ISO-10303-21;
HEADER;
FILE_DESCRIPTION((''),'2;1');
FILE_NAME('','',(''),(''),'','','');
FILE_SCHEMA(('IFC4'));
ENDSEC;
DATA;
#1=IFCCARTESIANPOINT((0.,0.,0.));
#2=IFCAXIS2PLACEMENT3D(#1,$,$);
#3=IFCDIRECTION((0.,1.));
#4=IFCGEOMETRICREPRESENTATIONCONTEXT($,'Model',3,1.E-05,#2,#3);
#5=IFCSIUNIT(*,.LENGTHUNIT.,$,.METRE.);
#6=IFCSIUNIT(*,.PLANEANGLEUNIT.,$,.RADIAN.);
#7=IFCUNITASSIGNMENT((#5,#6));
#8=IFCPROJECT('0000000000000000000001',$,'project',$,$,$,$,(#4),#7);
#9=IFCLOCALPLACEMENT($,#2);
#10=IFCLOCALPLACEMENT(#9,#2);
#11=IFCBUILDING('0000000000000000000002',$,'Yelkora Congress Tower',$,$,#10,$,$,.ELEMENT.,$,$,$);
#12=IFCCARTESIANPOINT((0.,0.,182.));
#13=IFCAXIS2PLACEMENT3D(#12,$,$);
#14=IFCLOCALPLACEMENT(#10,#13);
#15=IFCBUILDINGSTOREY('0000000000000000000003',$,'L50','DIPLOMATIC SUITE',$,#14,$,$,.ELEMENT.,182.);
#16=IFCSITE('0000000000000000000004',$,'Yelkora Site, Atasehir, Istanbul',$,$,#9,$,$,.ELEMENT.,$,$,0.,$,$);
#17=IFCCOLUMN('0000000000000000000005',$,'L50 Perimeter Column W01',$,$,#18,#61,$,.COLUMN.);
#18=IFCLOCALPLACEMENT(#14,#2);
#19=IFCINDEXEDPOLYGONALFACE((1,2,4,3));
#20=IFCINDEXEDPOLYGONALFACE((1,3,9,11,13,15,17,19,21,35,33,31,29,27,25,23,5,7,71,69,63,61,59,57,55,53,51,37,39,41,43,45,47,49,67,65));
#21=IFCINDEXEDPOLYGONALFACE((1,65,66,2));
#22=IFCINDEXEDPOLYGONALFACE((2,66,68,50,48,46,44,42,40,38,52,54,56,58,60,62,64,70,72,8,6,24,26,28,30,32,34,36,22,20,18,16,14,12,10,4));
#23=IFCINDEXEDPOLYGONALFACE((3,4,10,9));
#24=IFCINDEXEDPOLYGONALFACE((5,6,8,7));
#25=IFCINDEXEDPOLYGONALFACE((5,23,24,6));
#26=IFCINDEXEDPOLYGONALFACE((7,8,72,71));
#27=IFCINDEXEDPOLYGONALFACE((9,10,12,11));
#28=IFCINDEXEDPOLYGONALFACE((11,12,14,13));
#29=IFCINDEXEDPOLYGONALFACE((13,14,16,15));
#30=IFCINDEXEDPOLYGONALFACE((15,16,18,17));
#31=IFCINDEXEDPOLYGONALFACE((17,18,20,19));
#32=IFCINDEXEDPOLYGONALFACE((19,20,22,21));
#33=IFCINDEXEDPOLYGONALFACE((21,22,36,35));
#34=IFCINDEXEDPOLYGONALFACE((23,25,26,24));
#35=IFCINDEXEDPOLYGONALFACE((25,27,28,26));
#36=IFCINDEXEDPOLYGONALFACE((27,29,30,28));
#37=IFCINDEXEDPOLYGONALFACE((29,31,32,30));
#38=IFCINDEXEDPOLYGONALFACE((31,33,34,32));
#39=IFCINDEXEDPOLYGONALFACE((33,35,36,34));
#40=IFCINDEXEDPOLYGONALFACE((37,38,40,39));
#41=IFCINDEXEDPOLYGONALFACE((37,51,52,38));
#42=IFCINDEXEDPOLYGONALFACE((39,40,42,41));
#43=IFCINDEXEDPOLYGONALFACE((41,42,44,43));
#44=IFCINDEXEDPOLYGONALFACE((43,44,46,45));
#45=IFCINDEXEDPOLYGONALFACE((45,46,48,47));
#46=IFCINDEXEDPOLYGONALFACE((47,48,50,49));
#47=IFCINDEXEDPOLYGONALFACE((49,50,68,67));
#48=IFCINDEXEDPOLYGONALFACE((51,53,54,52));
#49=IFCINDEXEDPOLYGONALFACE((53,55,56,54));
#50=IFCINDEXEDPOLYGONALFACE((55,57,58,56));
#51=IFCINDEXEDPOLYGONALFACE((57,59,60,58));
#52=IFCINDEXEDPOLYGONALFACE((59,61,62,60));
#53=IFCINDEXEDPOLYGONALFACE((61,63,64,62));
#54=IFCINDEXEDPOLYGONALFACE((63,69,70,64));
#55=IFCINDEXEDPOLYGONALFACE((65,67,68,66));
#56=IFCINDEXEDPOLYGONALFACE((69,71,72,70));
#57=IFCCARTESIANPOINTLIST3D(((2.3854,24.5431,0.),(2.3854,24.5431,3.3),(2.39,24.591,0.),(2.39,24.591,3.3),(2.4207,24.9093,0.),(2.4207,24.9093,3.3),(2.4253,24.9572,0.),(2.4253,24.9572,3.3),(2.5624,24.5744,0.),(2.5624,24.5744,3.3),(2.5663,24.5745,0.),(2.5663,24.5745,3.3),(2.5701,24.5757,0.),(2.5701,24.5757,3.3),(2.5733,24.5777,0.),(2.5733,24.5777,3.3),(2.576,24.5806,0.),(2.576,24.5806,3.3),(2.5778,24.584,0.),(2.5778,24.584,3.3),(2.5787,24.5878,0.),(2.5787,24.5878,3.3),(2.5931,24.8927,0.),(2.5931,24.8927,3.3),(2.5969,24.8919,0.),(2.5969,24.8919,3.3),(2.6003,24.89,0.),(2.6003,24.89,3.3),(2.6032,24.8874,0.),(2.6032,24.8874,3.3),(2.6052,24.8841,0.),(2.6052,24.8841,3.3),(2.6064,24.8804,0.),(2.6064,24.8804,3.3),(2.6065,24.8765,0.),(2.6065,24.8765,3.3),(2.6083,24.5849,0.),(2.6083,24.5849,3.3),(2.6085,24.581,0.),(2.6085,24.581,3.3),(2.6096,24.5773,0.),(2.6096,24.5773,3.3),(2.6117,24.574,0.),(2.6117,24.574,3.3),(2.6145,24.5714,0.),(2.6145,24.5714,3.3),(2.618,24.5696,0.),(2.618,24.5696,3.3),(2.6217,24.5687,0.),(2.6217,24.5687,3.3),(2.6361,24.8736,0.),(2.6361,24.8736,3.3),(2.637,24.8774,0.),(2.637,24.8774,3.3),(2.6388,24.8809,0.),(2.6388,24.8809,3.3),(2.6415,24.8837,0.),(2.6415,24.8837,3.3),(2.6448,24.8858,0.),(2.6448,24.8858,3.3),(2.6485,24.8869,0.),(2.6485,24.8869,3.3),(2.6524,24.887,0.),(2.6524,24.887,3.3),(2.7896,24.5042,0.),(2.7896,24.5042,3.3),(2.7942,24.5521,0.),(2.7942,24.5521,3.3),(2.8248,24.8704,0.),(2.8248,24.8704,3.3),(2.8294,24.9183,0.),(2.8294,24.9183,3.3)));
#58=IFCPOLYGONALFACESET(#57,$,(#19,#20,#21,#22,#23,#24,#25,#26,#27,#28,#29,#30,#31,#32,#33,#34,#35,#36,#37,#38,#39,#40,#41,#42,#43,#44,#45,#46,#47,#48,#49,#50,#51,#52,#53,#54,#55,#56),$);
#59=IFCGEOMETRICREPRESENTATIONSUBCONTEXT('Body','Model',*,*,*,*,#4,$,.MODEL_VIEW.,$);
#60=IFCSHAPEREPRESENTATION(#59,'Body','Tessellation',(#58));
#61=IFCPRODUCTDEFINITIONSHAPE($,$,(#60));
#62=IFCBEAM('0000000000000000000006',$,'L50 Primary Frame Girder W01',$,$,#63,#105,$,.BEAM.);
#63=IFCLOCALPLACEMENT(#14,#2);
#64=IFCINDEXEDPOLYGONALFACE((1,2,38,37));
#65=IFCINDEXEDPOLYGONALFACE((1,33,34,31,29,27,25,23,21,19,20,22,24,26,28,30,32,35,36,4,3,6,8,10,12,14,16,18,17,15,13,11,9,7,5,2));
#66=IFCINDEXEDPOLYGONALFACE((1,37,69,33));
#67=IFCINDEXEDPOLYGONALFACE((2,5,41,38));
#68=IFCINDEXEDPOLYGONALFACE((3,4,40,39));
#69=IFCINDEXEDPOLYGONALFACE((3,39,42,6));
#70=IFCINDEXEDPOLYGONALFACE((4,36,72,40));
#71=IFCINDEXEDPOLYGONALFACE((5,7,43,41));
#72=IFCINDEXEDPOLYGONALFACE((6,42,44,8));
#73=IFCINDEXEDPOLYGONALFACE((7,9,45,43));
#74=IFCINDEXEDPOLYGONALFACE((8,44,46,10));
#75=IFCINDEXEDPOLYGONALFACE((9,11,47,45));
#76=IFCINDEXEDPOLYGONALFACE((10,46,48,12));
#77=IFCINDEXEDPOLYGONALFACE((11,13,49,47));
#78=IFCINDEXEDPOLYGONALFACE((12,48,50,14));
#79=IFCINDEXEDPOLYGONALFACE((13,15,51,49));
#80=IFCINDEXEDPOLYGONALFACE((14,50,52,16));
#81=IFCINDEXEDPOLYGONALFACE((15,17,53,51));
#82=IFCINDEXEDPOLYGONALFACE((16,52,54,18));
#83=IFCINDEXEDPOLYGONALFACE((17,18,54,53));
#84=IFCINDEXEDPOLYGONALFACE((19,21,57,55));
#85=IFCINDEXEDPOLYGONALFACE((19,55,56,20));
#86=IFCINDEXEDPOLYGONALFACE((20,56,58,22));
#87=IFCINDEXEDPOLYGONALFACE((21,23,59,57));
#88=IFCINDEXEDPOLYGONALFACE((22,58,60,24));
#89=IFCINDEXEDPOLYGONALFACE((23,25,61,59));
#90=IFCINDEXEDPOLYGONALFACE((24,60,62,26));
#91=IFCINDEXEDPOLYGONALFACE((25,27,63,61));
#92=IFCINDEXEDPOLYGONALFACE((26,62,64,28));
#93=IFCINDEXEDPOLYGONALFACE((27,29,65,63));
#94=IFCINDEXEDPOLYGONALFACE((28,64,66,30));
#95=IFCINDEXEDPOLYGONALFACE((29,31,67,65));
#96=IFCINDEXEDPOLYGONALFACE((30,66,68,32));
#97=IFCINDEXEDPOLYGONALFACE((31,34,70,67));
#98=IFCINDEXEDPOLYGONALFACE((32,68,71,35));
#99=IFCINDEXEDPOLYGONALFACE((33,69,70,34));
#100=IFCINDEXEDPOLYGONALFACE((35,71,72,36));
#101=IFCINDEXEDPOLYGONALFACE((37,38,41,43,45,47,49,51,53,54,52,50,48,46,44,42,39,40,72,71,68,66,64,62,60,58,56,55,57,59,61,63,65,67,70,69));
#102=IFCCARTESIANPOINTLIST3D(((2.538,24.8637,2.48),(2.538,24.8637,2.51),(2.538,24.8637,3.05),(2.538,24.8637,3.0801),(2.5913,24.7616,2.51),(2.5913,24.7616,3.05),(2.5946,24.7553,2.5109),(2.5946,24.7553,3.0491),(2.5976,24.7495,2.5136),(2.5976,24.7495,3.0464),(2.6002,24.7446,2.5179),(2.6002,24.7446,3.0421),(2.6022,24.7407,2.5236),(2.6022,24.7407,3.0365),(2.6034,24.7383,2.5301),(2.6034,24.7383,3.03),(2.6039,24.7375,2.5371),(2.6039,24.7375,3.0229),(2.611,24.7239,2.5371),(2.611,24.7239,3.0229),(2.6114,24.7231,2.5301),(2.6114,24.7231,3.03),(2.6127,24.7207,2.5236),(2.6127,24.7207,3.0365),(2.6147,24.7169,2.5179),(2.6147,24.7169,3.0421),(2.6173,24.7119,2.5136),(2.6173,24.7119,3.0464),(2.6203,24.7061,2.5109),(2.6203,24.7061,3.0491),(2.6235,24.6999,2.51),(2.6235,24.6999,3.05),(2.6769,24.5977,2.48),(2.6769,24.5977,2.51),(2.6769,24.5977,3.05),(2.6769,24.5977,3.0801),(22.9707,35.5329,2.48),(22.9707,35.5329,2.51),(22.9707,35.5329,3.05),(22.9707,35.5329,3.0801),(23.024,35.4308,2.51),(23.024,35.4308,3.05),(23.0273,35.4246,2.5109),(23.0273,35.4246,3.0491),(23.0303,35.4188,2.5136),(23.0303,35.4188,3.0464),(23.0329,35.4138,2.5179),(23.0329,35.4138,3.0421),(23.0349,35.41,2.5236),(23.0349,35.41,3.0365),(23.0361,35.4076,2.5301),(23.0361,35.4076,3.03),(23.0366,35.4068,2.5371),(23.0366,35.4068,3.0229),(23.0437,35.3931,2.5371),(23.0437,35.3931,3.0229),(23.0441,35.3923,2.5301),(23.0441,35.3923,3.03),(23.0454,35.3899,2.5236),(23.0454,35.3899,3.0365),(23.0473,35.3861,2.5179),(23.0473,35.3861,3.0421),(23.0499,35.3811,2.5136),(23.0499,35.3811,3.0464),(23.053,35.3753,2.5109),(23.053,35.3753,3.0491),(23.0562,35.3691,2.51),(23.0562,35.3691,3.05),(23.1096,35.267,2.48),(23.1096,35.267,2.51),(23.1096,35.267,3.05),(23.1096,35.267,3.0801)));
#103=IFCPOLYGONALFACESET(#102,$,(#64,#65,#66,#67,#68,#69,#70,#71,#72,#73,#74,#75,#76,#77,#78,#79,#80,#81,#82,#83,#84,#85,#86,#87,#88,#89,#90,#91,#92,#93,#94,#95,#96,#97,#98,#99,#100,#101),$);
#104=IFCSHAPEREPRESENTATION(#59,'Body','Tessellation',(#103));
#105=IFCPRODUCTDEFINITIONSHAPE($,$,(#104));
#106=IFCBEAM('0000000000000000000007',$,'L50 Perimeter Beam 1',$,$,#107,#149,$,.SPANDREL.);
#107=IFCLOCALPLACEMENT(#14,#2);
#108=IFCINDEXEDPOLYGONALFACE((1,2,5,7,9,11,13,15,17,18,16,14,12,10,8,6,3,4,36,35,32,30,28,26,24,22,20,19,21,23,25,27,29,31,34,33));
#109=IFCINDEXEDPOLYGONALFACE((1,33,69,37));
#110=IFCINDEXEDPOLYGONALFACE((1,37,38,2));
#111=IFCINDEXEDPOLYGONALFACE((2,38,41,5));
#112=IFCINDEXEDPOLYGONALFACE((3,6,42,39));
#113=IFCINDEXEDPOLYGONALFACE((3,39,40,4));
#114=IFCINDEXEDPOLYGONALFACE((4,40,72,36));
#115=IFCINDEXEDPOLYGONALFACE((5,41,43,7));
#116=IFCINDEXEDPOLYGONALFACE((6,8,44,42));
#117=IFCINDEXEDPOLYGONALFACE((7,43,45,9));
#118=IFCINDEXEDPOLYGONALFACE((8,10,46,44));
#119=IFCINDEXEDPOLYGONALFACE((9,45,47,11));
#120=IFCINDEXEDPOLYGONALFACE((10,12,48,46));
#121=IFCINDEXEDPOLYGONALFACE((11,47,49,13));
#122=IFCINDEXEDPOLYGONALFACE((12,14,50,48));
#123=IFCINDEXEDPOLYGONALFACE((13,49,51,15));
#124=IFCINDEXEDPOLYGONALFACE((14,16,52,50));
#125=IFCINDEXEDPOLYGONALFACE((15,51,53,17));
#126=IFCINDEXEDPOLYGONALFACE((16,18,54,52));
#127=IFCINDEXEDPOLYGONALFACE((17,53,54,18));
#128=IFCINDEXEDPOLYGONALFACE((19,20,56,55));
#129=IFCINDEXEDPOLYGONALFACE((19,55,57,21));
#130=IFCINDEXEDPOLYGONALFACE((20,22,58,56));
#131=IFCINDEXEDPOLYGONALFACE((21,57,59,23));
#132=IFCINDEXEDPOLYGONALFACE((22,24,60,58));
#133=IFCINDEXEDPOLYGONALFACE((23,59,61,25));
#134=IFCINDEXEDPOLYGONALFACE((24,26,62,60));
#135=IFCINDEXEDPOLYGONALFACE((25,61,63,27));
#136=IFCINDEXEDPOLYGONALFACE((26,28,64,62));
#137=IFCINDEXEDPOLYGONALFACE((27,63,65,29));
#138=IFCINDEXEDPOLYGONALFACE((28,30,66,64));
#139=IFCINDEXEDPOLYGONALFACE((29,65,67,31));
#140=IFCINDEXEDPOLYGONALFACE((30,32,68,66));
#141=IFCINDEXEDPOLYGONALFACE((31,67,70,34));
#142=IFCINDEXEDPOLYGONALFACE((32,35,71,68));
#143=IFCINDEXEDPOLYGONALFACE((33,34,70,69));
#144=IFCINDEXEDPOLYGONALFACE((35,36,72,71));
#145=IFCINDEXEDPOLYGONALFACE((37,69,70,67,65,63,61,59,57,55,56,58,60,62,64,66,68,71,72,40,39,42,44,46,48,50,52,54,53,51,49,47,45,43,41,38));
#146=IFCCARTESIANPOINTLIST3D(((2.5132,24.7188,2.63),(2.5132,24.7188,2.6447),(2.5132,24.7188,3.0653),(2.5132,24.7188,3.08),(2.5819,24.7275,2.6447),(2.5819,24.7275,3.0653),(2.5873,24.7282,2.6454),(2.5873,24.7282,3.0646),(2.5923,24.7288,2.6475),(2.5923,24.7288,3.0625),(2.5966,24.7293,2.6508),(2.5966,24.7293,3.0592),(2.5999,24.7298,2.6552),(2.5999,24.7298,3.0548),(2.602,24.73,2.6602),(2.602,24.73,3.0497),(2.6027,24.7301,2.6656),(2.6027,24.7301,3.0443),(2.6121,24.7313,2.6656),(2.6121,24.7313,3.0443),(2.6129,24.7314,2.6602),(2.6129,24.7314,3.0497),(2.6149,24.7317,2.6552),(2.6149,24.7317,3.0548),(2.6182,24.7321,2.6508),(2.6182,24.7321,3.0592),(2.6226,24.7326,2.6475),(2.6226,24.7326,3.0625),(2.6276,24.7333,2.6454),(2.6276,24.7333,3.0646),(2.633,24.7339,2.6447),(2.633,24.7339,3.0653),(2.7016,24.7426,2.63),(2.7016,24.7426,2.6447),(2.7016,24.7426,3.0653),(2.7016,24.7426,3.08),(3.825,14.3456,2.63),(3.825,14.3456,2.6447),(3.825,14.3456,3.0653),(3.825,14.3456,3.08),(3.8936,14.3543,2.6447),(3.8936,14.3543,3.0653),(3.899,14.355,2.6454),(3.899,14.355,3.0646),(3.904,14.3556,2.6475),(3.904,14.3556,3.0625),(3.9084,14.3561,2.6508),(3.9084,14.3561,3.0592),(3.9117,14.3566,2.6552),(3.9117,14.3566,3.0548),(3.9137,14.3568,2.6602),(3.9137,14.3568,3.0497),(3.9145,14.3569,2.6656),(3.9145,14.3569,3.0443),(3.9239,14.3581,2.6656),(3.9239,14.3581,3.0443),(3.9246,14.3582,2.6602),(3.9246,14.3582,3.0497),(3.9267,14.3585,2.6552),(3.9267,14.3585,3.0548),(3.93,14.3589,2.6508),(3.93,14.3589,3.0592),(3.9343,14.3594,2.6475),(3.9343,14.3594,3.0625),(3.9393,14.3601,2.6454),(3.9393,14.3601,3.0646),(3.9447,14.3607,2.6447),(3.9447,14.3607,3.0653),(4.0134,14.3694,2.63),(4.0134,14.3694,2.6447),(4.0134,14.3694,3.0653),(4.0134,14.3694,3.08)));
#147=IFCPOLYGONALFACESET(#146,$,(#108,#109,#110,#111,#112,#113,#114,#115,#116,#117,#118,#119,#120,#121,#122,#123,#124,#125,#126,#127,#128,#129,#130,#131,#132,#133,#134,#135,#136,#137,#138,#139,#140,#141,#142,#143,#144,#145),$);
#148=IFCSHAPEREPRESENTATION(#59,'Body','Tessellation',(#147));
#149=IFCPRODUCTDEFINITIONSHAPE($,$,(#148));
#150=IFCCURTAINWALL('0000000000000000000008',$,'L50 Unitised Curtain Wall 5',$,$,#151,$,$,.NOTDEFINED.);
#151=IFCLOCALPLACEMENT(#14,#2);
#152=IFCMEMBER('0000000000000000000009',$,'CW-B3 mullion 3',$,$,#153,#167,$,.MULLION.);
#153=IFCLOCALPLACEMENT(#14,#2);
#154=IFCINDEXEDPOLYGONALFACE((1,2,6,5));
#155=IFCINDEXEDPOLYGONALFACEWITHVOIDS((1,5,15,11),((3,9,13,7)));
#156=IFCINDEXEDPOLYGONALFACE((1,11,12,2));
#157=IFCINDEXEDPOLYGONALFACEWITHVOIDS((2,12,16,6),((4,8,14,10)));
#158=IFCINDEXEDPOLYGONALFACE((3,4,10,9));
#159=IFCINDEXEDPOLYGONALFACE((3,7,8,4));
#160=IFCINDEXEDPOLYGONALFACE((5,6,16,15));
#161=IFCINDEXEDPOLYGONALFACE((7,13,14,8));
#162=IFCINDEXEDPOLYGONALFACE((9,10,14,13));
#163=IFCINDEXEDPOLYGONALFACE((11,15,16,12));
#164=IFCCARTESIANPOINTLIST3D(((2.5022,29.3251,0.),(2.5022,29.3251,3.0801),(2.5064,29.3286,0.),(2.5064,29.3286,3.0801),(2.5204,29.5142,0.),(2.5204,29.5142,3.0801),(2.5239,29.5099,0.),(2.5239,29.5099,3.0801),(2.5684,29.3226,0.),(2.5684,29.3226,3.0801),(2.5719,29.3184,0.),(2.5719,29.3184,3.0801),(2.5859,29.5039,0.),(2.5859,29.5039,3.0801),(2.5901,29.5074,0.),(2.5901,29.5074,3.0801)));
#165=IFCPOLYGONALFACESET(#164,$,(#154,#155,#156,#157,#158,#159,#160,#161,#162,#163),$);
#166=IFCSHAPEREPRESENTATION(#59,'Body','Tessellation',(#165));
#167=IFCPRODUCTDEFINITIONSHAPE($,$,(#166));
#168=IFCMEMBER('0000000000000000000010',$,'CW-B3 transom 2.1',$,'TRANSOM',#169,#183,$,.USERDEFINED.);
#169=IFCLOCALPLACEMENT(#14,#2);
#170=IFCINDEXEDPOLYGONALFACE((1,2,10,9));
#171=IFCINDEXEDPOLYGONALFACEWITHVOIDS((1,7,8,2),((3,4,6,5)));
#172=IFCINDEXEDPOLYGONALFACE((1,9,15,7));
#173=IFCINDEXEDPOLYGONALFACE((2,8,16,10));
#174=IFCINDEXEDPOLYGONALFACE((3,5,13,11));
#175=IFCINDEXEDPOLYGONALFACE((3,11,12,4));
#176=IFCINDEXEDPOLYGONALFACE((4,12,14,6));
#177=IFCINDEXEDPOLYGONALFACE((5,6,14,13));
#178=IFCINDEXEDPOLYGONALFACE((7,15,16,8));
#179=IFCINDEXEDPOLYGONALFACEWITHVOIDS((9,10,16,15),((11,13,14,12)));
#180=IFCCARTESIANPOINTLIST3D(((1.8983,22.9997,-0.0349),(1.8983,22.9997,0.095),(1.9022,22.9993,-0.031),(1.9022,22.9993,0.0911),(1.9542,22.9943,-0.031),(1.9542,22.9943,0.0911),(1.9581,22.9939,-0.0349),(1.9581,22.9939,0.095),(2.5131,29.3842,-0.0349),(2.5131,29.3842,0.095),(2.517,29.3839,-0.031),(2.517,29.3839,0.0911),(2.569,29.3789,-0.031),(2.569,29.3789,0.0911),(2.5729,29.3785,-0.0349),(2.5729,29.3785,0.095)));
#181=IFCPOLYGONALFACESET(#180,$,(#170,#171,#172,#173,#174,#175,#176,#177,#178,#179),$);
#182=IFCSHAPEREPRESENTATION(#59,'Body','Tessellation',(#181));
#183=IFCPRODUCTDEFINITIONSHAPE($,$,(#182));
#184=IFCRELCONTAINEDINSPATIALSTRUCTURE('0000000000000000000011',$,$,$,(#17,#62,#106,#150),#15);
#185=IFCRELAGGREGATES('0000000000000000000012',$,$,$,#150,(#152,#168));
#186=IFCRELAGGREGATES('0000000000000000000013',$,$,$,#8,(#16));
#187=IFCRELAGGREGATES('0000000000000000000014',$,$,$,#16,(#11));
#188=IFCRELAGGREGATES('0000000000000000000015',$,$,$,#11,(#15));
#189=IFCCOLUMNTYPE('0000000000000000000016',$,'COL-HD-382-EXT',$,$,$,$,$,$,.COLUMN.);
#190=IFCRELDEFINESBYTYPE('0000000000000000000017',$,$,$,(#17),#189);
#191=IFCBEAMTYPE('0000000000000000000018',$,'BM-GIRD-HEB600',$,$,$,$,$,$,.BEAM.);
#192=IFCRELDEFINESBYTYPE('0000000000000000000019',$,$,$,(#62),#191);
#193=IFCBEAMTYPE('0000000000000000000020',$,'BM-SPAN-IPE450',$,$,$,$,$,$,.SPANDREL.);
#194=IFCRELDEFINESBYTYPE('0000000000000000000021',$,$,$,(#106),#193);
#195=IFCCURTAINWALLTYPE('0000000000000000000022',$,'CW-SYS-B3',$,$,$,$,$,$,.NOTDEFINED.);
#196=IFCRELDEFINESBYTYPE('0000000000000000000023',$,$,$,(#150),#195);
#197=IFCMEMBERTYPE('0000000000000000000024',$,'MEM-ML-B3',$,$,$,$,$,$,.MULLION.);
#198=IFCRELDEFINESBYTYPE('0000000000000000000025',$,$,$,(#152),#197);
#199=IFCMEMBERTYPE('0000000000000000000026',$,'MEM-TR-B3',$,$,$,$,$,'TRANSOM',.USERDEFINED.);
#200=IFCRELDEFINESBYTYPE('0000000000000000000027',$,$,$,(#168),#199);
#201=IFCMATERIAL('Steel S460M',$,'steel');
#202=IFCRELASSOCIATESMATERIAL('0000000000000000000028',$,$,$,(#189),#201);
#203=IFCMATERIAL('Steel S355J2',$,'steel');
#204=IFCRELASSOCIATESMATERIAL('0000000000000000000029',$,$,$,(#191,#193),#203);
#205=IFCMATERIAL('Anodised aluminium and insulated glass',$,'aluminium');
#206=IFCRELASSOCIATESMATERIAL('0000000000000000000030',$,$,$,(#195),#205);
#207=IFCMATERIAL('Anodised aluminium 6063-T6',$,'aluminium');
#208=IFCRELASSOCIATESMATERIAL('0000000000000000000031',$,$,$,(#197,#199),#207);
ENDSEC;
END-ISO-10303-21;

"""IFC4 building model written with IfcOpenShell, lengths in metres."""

from ifc_helpers import new_model, si_unit, direction, frame, origin, origin_2d, place, context, subcontext, project, spatial, hollow_rectangle, i_section, extrude, material, material_profile, profile_set, type_object, element, aggregate, save


model = new_model("IFC4")

# Units and contexts
model_context = context("Model", 3, precision=1e-05, world=origin(), true_north=direction((0.0, 1.0)))
body_context = subcontext(model_context, "Body", "Model", "MODEL_VIEW")
ifc_project = project(units=[si_unit("LENGTHUNIT", "METRE"), si_unit("PLANEANGLEUNIT", "RADIAN")], contexts=[model_context])

# Site, building, storey
site_placement = place(None, origin())
site = spatial("IfcSite", under=ifc_project, at=site_placement, Name="Yelkora Site, Atasehir, Istanbul", CompositionType="ELEMENT", RefElevation=0.0)
building_placement = place(site_placement, origin())
building = spatial("IfcBuilding", under=site, at=building_placement, Name="Yelkora Congress Tower", CompositionType="ELEMENT")
storey_placement = place(building_placement, frame((0.0, 0.0, 182.0)))
storey = spatial("IfcBuildingStorey", under=building, at=storey_placement, Name="L50", Description="DIPLOMATIC SUITE", CompositionType="ELEMENT", Elevation=182.0)

# Column
ifc_material_1 = material(Name="Steel S460M", Category="steel")
ifc_material_profile_1 = material_profile(ifc_material_1, i_section(OverallWidth=0.406, OverallDepth=0.416, WebThickness=0.0298, FlangeThickness=0.0481, FilletRadius=0.0149, at=origin_2d()), Name="HD 400x382")
ifc_profile_set_1 = profile_set([ifc_material_profile_1], Name="Steel S460M")
column_type = type_object("IfcColumnType", Name="COL-HD-382-EXT", PredefinedType="COLUMN", material=ifc_profile_set_1)
column_placement = place(storey_placement, frame((2.6074, 24.7307, 0.0), z_axis=(0.0, 0.0, 1.0), x_axis=(0.995396, -0.095846, 0.0)))
element("IfcColumn", 1, at=column_placement, inside=storey, type_object=column_type, Name="L50 Perimeter Column W01", PredefinedType="COLUMN", context=body_context, shape_type="SweptSolid", body=[
    extrude(i_section(OverallWidth=0.406, OverallDepth=0.416, WebThickness=0.0298, FlangeThickness=0.0481, FilletRadius=0.0149, at=origin_2d()), origin(), (0.0, 0.0, 1.0), 3.3),
])

# Beams
ifc_material_2 = material(Name="Steel S355J2", Category="steel")
ifc_material_profile_2 = material_profile(ifc_material_2, i_section(OverallWidth=0.3, OverallDepth=0.6001, WebThickness=0.0154, FlangeThickness=0.03, FilletRadius=0.0271, at=origin_2d()), Name="HEB 600")
ifc_profile_set_2 = profile_set([ifc_material_profile_2], Name="Steel S355J2")
beam_type_1 = type_object("IfcBeamType", Name="BM-GIRD-HEB600", PredefinedType="BEAM", material=ifc_profile_set_2)
beam_1_placement = place(storey_placement, frame((2.6074, 24.7307, 2.78), z_axis=(0.88643, 0.462862, 0.0), x_axis=(-0.462862, 0.88643, 0.0)))
element("IfcBeam", 2, at=beam_1_placement, inside=storey, type_object=beam_type_1, Name="L50 Primary Frame Girder W01", PredefinedType="BEAM", context=body_context, shape_type="SweptSolid", body=[
    extrude(i_section(OverallWidth=0.3, OverallDepth=0.6001, WebThickness=0.0154, FlangeThickness=0.03, FilletRadius=0.0271, at=origin_2d()), origin(), (0.0, 0.0, 1.0), 23.0505),
])
ifc_material_profile_3 = material_profile(ifc_material_2, i_section(OverallWidth=0.1899, OverallDepth=0.45, WebThickness=0.0095, FlangeThickness=0.0146, FilletRadius=0.021, at=origin_2d()), Name="IPE 450")
ifc_profile_set_3 = profile_set([ifc_material_profile_3], Name="Steel S355J2")
beam_type_2 = type_object("IfcBeamType", Name="BM-SPAN-IPE450", PredefinedType="SPANDREL", material=ifc_profile_set_3)
beam_2_placement = place(storey_placement, frame((2.6074, 24.7307, 2.855), z_axis=(0.125457, -0.992099, 0.0), x_axis=(0.992099, 0.125457, 0.0)))
element("IfcBeam", 3, at=beam_2_placement, inside=storey, type_object=beam_type_2, Name="L50 Perimeter Beam 1", PredefinedType="SPANDREL", context=body_context, shape_type="SweptSolid", body=[
    extrude(i_section(OverallWidth=0.1899, OverallDepth=0.45, WebThickness=0.0095, FlangeThickness=0.0146, FilletRadius=0.021, at=origin_2d()), origin(), (0.0, 0.0, 1.0), 10.4558),
])

# Curtain wall, members
ifc_material_3 = material(Name="Anodised aluminium and insulated glass", Category="aluminium")
curtain_wall_type = type_object("IfcCurtainWallType", Name="CW-SYS-B3", PredefinedType="NOTDEFINED", material=ifc_material_3)
curtain_wall_placement = place(storey_placement, origin())
curtain_wall = element("IfcCurtainWall", 4, at=curtain_wall_placement, inside=storey, type_object=curtain_wall_type, Name="L50 Unitised Curtain Wall 5", PredefinedType="NOTDEFINED")
ifc_material_4 = material(Name="Anodised aluminium 6063-T6", Category="aluminium")
ifc_material_profile_4 = material_profile(ifc_material_4, hollow_rectangle(XDim=0.0701, YDim=0.1899, WallThickness=0.0039, at=origin_2d()), Name="ALU 70x190x4")
ifc_profile_set_4 = profile_set([ifc_material_profile_4], Name="Anodised aluminium 6063-T6")
member_type_1 = type_object("IfcMemberType", Name="MEM-ML-B3", PredefinedType="MULLION", material=ifc_profile_set_4)
member_1_placement = place(storey_placement, frame((2.5461, 29.4163, 0.0), z_axis=(0.0, 0.0, 1.0), x_axis=(-0.995396, 0.095845, 0.0)))
member_1 = element("IfcMember", 5, at=member_1_placement, type_object=member_type_1, Name="CW-B3 mullion 3", PredefinedType="MULLION", context=body_context, shape_type="SweptSolid", body=[
    extrude(hollow_rectangle(XDim=0.0701, YDim=0.1899, WallThickness=0.0039, at=origin_2d()), origin(), (0.0, 0.0, 1.0), 3.0801),
])
ifc_material_profile_5 = material_profile(ifc_material_4, hollow_rectangle(XDim=0.0601, YDim=0.1299, WallThickness=0.0039, at=origin_2d()), Name="ALU 60x130x4")
ifc_profile_set_5 = profile_set([ifc_material_profile_5], Name="Anodised aluminium 6063-T6")
member_type_2 = type_object("IfcMemberType", Name="MEM-TR-B3", ElementType="TRANSOM", PredefinedType="USERDEFINED", material=ifc_profile_set_5)
member_2_placement = place(storey_placement, frame((1.9282, 22.9968, 0.03), z_axis=(0.095844, 0.995396, 0.0), x_axis=(-0.995396, 0.095844, 0.0)))
member_2 = element("IfcMember", 6, at=member_2_placement, type_object=member_type_2, Name="CW-B3 transom 2.1", ObjectType="TRANSOM", PredefinedType="USERDEFINED", context=body_context, shape_type="SweptSolid", body=[
    extrude(hollow_rectangle(XDim=0.0601, YDim=0.1299, WallThickness=0.0039, at=origin_2d()), origin(), (0.0, 0.0, 1.0), 6.4141),
])
aggregate(curtain_wall, [member_1, member_2])

save(model, "model.ifc")
